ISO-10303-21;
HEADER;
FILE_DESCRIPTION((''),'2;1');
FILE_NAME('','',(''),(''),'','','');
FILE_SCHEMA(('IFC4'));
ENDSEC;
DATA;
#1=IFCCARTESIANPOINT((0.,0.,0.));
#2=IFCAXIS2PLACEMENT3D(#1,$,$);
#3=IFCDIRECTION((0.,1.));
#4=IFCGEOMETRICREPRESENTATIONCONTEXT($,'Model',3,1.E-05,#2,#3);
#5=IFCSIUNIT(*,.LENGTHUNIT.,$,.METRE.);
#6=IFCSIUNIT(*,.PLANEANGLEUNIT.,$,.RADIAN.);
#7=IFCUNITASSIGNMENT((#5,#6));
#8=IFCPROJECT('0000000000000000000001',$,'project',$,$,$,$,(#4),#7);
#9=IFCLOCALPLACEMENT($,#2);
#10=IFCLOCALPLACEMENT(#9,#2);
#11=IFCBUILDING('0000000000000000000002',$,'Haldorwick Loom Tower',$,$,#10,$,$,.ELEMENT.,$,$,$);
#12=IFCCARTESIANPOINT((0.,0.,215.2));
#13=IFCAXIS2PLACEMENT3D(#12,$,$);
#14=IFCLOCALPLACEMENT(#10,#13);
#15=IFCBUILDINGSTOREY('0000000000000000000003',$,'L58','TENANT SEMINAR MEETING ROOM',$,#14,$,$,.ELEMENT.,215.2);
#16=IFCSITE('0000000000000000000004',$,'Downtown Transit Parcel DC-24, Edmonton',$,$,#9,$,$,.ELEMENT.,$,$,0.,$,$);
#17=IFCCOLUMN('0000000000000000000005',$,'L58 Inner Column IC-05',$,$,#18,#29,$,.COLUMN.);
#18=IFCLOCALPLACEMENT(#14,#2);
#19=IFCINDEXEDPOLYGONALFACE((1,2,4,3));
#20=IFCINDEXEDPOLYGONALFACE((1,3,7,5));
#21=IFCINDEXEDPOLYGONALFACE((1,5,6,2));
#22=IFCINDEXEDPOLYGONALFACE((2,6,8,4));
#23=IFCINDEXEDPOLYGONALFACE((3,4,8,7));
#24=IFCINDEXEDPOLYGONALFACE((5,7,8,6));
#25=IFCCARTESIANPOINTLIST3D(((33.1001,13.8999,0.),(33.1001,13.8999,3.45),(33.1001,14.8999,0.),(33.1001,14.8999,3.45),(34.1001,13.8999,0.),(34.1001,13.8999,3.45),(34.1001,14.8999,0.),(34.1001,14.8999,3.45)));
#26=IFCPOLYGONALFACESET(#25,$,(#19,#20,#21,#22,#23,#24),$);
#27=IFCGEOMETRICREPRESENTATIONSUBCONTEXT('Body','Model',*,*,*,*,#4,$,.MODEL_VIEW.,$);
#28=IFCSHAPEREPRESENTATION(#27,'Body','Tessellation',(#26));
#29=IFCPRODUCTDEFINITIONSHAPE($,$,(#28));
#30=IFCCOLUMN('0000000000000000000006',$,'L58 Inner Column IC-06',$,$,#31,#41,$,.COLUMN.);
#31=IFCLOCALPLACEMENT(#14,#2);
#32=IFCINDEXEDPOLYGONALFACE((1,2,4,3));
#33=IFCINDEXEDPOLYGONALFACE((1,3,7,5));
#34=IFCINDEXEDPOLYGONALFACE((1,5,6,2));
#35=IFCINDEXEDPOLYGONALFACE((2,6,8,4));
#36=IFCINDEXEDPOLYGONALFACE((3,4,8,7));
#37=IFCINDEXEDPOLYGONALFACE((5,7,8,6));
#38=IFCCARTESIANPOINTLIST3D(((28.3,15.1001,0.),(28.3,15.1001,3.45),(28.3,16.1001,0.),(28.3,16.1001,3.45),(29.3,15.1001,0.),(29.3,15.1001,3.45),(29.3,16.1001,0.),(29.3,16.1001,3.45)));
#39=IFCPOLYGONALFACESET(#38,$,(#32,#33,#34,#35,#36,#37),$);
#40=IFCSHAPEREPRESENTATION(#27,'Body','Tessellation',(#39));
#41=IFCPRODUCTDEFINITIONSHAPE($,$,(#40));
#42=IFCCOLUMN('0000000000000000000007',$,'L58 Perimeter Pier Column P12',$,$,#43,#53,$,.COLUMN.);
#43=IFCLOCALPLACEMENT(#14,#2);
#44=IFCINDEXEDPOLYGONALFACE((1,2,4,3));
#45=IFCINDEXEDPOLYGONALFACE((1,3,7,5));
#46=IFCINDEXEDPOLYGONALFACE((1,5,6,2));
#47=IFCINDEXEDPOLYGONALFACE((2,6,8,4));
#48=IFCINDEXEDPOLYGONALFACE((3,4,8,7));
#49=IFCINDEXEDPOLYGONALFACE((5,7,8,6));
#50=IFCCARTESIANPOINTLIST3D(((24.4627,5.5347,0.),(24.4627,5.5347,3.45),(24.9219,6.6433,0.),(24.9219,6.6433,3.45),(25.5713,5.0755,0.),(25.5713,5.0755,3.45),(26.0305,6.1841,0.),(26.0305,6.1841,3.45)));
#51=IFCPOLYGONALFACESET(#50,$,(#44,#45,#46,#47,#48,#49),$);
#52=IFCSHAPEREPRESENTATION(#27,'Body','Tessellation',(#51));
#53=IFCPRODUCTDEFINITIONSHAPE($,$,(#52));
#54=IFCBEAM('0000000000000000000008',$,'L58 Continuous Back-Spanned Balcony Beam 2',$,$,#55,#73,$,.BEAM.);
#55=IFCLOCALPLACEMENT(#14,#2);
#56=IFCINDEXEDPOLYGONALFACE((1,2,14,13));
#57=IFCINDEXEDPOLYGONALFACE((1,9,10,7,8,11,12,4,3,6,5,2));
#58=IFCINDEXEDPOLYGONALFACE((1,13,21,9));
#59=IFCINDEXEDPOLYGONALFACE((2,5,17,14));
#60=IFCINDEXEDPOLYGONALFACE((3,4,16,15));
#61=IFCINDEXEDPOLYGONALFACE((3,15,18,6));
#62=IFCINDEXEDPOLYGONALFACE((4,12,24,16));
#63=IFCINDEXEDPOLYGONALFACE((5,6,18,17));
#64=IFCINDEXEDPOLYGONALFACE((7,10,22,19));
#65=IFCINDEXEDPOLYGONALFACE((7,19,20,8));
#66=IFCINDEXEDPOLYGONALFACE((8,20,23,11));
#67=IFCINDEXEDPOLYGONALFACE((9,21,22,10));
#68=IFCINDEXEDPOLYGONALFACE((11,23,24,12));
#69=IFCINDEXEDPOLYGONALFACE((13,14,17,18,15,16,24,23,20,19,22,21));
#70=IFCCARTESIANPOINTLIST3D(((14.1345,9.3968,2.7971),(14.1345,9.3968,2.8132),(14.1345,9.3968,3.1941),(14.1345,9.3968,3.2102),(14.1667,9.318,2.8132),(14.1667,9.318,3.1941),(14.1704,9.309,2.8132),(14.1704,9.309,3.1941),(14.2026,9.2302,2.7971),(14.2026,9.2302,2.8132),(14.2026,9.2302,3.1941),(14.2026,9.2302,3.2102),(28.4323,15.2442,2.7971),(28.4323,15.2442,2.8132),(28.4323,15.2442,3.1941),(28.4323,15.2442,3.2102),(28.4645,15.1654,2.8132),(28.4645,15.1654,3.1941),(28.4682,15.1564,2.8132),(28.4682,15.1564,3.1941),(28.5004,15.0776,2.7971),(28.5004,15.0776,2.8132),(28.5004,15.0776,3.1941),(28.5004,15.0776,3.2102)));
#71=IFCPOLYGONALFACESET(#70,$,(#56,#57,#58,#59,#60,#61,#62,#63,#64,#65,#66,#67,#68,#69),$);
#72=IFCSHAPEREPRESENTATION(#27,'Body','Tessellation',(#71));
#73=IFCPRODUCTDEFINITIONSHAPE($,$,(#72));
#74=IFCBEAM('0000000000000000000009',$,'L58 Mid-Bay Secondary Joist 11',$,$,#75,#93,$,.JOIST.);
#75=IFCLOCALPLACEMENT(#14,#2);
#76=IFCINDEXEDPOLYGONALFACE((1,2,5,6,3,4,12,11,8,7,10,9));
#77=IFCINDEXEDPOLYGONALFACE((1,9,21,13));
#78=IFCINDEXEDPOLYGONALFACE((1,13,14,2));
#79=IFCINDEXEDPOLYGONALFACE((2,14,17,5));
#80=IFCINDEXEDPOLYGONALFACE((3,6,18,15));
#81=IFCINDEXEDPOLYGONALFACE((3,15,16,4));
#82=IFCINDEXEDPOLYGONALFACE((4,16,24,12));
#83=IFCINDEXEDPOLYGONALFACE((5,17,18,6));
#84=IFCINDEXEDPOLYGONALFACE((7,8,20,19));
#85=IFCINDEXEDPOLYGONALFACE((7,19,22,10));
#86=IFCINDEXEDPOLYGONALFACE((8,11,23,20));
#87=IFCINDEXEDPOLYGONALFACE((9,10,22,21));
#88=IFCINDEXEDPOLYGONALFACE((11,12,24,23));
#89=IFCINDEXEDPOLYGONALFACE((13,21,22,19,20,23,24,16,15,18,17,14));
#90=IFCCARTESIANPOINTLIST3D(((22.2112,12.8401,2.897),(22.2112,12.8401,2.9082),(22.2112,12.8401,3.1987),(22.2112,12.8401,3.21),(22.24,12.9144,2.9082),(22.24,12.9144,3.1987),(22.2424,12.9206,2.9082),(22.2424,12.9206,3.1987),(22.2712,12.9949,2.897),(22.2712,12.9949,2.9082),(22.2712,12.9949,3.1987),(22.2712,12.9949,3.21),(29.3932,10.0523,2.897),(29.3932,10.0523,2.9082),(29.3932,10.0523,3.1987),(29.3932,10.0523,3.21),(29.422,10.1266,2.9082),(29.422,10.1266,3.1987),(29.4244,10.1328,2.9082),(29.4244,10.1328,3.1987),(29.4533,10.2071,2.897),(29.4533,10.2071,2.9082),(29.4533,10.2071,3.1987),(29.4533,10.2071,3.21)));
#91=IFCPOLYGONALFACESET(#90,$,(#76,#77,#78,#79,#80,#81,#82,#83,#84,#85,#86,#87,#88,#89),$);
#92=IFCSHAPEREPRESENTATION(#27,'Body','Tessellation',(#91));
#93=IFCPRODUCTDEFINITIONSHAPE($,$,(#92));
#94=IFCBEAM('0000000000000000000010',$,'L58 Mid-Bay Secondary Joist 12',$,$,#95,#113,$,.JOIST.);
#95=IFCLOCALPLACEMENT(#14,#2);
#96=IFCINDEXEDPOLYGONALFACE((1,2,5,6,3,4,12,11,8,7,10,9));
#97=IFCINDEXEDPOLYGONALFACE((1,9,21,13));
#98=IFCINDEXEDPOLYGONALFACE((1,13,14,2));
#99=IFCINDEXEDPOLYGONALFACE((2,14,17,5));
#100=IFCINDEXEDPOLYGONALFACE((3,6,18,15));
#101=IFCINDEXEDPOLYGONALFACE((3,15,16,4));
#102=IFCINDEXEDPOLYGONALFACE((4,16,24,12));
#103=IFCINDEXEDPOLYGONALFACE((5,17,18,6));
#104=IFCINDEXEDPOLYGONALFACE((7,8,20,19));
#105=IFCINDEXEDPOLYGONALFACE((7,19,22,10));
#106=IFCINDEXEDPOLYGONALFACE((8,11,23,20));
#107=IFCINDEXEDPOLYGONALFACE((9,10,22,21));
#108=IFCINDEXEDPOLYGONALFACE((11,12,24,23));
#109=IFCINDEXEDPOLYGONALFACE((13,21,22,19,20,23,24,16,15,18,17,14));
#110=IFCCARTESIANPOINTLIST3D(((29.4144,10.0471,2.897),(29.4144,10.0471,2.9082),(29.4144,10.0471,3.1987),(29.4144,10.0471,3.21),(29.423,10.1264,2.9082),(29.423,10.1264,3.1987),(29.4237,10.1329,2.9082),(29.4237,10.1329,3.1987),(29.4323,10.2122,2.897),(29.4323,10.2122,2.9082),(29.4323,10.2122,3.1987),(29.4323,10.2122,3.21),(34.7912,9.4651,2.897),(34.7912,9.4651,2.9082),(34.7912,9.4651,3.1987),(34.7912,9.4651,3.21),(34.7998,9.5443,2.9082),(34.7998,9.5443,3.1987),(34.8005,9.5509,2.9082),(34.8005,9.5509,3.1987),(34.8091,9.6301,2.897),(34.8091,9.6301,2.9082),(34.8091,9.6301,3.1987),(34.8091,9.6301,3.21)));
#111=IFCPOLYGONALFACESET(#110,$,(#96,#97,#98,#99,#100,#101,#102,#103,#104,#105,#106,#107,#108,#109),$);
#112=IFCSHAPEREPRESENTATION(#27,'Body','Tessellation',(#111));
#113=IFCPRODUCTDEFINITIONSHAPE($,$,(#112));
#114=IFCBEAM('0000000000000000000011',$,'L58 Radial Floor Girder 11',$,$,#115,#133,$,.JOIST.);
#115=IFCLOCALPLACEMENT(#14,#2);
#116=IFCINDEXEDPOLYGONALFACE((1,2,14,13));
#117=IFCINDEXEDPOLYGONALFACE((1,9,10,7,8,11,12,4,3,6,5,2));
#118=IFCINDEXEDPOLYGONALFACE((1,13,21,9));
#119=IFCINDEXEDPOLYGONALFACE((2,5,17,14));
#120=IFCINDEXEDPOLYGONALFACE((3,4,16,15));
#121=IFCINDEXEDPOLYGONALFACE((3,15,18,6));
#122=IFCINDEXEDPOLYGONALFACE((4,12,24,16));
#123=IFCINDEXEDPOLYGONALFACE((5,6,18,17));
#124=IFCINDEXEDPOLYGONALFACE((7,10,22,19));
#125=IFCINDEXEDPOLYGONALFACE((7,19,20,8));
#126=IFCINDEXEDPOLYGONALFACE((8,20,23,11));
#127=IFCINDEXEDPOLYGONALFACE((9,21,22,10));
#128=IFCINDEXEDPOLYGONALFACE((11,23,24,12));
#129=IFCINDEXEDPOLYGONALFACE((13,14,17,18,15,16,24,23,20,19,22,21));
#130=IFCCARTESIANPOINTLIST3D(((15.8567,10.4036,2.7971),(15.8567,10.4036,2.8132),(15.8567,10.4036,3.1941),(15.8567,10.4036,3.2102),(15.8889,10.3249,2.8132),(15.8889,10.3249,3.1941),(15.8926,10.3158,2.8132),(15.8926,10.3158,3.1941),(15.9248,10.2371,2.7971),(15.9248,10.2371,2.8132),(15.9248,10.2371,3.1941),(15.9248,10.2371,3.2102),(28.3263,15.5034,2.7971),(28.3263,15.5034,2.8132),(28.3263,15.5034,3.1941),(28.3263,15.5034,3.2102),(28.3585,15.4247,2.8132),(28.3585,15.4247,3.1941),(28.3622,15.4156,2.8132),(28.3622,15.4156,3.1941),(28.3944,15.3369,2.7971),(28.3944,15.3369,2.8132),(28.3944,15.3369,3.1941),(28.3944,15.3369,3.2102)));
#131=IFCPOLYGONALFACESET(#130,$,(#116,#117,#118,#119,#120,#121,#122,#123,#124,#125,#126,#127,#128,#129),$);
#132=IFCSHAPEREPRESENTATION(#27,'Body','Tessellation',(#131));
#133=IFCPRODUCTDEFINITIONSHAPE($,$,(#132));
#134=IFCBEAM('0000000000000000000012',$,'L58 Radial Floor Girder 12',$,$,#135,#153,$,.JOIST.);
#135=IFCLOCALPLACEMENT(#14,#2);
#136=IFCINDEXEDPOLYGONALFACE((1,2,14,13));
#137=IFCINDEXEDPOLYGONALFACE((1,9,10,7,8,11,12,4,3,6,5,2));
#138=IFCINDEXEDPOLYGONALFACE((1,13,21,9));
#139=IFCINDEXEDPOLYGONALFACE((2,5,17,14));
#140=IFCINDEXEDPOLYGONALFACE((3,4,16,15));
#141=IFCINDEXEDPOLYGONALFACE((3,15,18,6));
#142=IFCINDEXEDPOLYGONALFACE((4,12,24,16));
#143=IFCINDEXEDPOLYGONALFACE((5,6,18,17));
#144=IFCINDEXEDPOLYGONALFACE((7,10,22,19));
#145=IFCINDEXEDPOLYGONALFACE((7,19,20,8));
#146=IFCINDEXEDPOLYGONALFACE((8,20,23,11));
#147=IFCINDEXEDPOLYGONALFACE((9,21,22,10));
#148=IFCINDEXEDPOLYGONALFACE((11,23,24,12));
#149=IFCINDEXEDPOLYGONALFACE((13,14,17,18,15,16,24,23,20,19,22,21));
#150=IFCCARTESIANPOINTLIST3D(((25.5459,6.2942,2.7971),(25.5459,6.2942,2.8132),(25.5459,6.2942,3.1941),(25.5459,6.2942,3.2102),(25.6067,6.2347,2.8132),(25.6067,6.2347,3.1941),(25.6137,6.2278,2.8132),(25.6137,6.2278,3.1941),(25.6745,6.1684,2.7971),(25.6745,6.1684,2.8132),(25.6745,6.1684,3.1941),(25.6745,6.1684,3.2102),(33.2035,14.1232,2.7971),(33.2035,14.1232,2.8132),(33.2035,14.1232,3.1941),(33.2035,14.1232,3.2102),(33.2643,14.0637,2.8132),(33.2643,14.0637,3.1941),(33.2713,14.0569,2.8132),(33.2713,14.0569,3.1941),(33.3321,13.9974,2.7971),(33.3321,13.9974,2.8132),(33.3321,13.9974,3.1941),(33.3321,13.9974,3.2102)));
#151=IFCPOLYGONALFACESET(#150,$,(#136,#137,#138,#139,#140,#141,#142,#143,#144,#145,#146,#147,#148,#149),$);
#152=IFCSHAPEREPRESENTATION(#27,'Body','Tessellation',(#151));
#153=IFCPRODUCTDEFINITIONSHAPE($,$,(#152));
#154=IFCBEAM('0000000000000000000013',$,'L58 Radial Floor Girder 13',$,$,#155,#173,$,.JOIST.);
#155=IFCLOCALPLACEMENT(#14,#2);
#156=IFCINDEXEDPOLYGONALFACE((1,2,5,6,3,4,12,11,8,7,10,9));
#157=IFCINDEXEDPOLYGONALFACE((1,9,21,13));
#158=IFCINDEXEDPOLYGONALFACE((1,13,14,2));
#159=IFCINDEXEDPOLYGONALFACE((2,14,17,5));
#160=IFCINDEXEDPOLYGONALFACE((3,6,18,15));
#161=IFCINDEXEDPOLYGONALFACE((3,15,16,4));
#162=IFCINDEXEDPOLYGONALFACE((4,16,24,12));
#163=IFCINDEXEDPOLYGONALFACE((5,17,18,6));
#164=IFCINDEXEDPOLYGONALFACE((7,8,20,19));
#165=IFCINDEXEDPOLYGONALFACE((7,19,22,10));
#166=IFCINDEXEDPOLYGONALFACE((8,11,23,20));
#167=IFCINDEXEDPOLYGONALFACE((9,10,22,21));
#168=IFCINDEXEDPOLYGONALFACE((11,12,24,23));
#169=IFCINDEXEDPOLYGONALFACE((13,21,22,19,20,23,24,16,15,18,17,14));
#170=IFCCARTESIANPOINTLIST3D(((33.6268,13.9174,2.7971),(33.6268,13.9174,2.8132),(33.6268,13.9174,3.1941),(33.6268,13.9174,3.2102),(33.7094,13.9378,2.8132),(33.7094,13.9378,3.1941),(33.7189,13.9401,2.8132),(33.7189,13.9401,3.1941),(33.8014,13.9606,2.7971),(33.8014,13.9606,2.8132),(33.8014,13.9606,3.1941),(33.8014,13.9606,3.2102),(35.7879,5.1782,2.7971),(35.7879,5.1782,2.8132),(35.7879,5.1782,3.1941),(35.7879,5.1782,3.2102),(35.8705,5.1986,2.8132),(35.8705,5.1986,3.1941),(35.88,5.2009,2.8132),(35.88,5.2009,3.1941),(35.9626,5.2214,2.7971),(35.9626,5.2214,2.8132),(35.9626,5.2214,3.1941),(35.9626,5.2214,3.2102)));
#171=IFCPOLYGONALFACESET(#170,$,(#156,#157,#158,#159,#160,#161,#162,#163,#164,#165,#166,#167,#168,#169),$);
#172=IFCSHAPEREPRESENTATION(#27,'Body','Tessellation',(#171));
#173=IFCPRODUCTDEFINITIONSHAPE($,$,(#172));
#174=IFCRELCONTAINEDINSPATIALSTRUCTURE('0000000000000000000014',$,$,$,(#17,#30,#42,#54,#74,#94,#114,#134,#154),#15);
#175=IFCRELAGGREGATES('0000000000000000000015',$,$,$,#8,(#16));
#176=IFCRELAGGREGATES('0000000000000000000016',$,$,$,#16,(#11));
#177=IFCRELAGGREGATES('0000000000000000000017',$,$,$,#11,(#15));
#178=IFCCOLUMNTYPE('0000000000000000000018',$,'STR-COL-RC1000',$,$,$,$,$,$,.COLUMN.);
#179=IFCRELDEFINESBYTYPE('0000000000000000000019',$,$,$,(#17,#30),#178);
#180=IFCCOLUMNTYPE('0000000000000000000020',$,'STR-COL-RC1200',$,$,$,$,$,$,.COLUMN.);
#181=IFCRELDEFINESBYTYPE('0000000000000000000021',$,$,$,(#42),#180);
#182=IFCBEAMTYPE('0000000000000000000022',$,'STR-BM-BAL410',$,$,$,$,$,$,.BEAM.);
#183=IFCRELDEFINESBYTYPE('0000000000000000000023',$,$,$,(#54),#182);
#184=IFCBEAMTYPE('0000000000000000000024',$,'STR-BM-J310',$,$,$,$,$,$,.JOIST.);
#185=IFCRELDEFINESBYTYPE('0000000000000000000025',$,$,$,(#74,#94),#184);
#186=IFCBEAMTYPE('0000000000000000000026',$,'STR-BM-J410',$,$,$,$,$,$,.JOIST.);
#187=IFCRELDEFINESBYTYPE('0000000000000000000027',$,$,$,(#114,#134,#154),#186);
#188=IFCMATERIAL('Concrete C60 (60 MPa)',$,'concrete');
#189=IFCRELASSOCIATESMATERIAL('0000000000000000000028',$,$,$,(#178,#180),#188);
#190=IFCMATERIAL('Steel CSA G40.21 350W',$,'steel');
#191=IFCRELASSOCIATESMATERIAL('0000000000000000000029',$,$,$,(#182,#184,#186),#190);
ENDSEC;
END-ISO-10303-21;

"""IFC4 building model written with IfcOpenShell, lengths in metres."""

from ifc_helpers import new_model, si_unit, direction, frame, origin, origin_2d, place, context, subcontext, project, spatial, rectangle, i_section, extrude, material, material_profile, profile_set, type_object, element, save


model = new_model("IFC4")

# Units and contexts
model_context = context("Model", 3, precision=1e-05, world=origin(), true_north=direction((0.0, 1.0)))
body_context = subcontext(model_context, "Body", "Model", "MODEL_VIEW")
ifc_project = project(units=[si_unit("LENGTHUNIT", "METRE"), si_unit("PLANEANGLEUNIT", "RADIAN")], contexts=[model_context])

# Site, building, storey
site_placement = place(None, origin())
site = spatial("IfcSite", under=ifc_project, at=site_placement, Name="Downtown Transit Parcel DC-24, Edmonton", CompositionType="ELEMENT", RefElevation=0.0)
building_placement = place(site_placement, origin())
building = spatial("IfcBuilding", under=site, at=building_placement, Name="Haldorwick Loom Tower", CompositionType="ELEMENT")
storey_placement = place(building_placement, frame((0.0, 0.0, 215.2)))
storey = spatial("IfcBuildingStorey", under=building, at=storey_placement, Name="L58", Description="TENANT SEMINAR MEETING ROOM", CompositionType="ELEMENT", Elevation=215.2)

# Columns
ifc_material_1 = material(Name="Concrete C60 (60 MPa)", Category="concrete")
ifc_material_profile_1 = material_profile(ifc_material_1, rectangle(XDim=1.0, YDim=1.0, at=origin_2d()), Name="RC1000X1000", Category="concrete")
ifc_profile_set_1 = profile_set([ifc_material_profile_1], Name="Concrete C60 (60 MPa)")
column_type_1 = type_object("IfcColumnType", Name="STR-COL-RC1000", PredefinedType="COLUMN", material=ifc_profile_set_1)
for number, where, z_axis, x_axis, name in (
    (1, (33.6001, 14.3999, 0.0), (0.0, 0.0, 1.0), (1.0, 0.0, 0.0), "L58 Inner Column IC-05"),
    (2, (28.8, 15.6001, 0.0), (0.0, 0.0, 1.0), (1.0, 0.0, 0.0), "L58 Inner Column IC-06"),
):
    element("IfcColumn", number, at=place(storey_placement, frame(where, z_axis=z_axis, x_axis=x_axis)), inside=storey, type_object=column_type_1, Name=name, PredefinedType="COLUMN", context=body_context, shape_type="SweptSolid", body=[
        extrude(rectangle(XDim=1.0, YDim=1.0, at=origin_2d()), origin(), (0.0, 0.0, 1.0), 3.45),
    ])
ifc_material_profile_2 = material_profile(ifc_material_1, rectangle(XDim=1.2, YDim=1.2, at=origin_2d()), Name="RC1200X1200", Category="concrete")
ifc_profile_set_2 = profile_set([ifc_material_profile_2], Name="Concrete C60 (60 MPa)")
column_type_2 = type_object("IfcColumnType", Name="STR-COL-RC1200", PredefinedType="COLUMN", material=ifc_profile_set_2)
column_placement = place(storey_placement, frame((25.2466, 5.8594, 0.0), z_axis=(0.0, 0.0, 1.0), x_axis=(-0.382683, -0.92388, 0.0)))
element("IfcColumn", 3, at=column_placement, inside=storey, type_object=column_type_2, Name="L58 Perimeter Pier Column P12", PredefinedType="COLUMN", context=body_context, shape_type="SweptSolid", body=[
    extrude(rectangle(XDim=1.2, YDim=1.2, at=origin_2d()), origin(), (0.0, 0.0, 1.0), 3.45),
])

# Beams
ifc_material_2 = material(Name="Steel CSA G40.21 350W", Category="steel")
ifc_material_profile_3 = material_profile(ifc_material_2, i_section(OverallWidth=0.1799, OverallDepth=0.4131, WebThickness=0.0098, FlangeThickness=0.0161, at=origin_2d()), Name="W410X74", Category="steel")
ifc_profile_set_3 = profile_set([ifc_material_profile_3], Name="Steel CSA G40.21 350W")
beam_type_1 = type_object("IfcBeamType", Name="STR-BM-BAL410", PredefinedType="BEAM", material=ifc_profile_set_3)
beam_1_placement = place(storey_placement, frame((28.4663, 15.1609, 3.0037), z_axis=(-0.925586, -0.378538, 0.0), x_axis=(0.378538, -0.925586, 0.0)))
element("IfcBeam", 4, at=beam_1_placement, inside=storey, type_object=beam_type_1, Name="L58 Continuous Back-Spanned Balcony Beam 2", PredefinedType="BEAM", context=body_context, shape_type="SweptSolid", body=[
    extrude(i_section(OverallWidth=0.1799, OverallDepth=0.4131, WebThickness=0.0098, FlangeThickness=0.0161, at=origin_2d()), origin(), (0.0, 0.0, 1.0), 15.4473),
])
ifc_material_profile_4 = material_profile(ifc_material_2, i_section(OverallWidth=0.166, OverallDepth=0.313, WebThickness=0.0066, FlangeThickness=0.0112, at=origin_2d()), Name="W310X45", Category="steel")
ifc_profile_set_4 = profile_set([ifc_material_profile_4], Name="Steel CSA G40.21 350W")
beam_type_2 = type_object("IfcBeamType", Name="STR-BM-J310", PredefinedType="JOIST", material=ifc_profile_set_4)
beam_2_placement = place(storey_placement, frame((22.2412, 12.9175, 3.0535), z_axis=(0.932233, -0.361859, 0.0), x_axis=(0.361859, 0.932233, 0.0)))
element("IfcBeam", 5, at=beam_2_placement, inside=storey, type_object=beam_type_2, Name="L58 Mid-Bay Secondary Joist 11", PredefinedType="JOIST", context=body_context, shape_type="SweptSolid", body=[
    extrude(i_section(OverallWidth=0.166, OverallDepth=0.313, WebThickness=0.0066, FlangeThickness=0.0112, at=origin_2d()), origin(), (0.0, 0.0, 1.0), 7.7041),
])
beam_3_placement = place(storey_placement, frame((29.4233, 10.1296, 3.0535), z_axis=(0.994192, -0.107622, 0.0), x_axis=(0.107622, 0.994192, 0.0)))
element("IfcBeam", 6, at=beam_3_placement, inside=storey, type_object=beam_type_2, Name="L58 Mid-Bay Secondary Joist 12", PredefinedType="JOIST", context=body_context, shape_type="SweptSolid", body=[
    extrude(i_section(OverallWidth=0.166, OverallDepth=0.313, WebThickness=0.0066, FlangeThickness=0.0112, at=origin_2d()), origin(), (0.0, 0.0, 1.0), 5.4082),
])
ifc_material_profile_5 = material_profile(ifc_material_2, i_section(OverallWidth=0.1799, OverallDepth=0.4131, WebThickness=0.0098, FlangeThickness=0.0161, at=origin_2d()), Name="W410X74", Category="steel")
ifc_profile_set_5 = profile_set([ifc_material_profile_5], Name="Steel CSA G40.21 350W")
beam_type_3 = type_object("IfcBeamType", Name="STR-BM-J410", PredefinedType="JOIST", material=ifc_profile_set_5)
beam_4_placement = place(storey_placement, frame((28.3604, 15.4202, 3.0037), z_axis=(-0.925583, -0.378544, 0.0), x_axis=(0.378544, -0.925583, 0.0)))
element("IfcBeam", 7, at=beam_4_placement, inside=storey, type_object=beam_type_3, Name="L58 Radial Floor Girder 11", PredefinedType="JOIST", context=body_context, shape_type="SweptSolid", body=[
    extrude(i_section(OverallWidth=0.1799, OverallDepth=0.4131, WebThickness=0.0098, FlangeThickness=0.0161, at=origin_2d()), origin(), (0.0, 0.0, 1.0), 13.4722),
])
beam_5_placement = place(storey_placement, frame((33.2678, 14.0603, 3.0037), z_axis=(-0.699239, -0.714888, 0.0), x_axis=(0.714888, -0.699239, 0.0)))
element("IfcBeam", 8, at=beam_5_placement, inside=storey, type_object=beam_type_3, Name="L58 Radial Floor Girder 12", PredefinedType="JOIST", context=body_context, shape_type="SweptSolid", body=[
    extrude(i_section(OverallWidth=0.1799, OverallDepth=0.4131, WebThickness=0.0098, FlangeThickness=0.0161, at=origin_2d()), origin(), (0.0, 0.0, 1.0), 10.9514),
])
beam_6_placement = place(storey_placement, frame((33.7141, 13.939, 3.0037), z_axis=(0.240059, -0.970758, 0.0), x_axis=(0.970758, 0.240059, 0.0)))
element("IfcBeam", 9, at=beam_6_placement, inside=storey, type_object=beam_type_3, Name="L58 Radial Floor Girder 13", PredefinedType="JOIST", context=body_context, shape_type="SweptSolid", body=[
    extrude(i_section(OverallWidth=0.1799, OverallDepth=0.4131, WebThickness=0.0098, FlangeThickness=0.0161, at=origin_2d()), origin(), (0.0, 0.0, 1.0), 9.0024),
])

save(model, "model.ifc")
